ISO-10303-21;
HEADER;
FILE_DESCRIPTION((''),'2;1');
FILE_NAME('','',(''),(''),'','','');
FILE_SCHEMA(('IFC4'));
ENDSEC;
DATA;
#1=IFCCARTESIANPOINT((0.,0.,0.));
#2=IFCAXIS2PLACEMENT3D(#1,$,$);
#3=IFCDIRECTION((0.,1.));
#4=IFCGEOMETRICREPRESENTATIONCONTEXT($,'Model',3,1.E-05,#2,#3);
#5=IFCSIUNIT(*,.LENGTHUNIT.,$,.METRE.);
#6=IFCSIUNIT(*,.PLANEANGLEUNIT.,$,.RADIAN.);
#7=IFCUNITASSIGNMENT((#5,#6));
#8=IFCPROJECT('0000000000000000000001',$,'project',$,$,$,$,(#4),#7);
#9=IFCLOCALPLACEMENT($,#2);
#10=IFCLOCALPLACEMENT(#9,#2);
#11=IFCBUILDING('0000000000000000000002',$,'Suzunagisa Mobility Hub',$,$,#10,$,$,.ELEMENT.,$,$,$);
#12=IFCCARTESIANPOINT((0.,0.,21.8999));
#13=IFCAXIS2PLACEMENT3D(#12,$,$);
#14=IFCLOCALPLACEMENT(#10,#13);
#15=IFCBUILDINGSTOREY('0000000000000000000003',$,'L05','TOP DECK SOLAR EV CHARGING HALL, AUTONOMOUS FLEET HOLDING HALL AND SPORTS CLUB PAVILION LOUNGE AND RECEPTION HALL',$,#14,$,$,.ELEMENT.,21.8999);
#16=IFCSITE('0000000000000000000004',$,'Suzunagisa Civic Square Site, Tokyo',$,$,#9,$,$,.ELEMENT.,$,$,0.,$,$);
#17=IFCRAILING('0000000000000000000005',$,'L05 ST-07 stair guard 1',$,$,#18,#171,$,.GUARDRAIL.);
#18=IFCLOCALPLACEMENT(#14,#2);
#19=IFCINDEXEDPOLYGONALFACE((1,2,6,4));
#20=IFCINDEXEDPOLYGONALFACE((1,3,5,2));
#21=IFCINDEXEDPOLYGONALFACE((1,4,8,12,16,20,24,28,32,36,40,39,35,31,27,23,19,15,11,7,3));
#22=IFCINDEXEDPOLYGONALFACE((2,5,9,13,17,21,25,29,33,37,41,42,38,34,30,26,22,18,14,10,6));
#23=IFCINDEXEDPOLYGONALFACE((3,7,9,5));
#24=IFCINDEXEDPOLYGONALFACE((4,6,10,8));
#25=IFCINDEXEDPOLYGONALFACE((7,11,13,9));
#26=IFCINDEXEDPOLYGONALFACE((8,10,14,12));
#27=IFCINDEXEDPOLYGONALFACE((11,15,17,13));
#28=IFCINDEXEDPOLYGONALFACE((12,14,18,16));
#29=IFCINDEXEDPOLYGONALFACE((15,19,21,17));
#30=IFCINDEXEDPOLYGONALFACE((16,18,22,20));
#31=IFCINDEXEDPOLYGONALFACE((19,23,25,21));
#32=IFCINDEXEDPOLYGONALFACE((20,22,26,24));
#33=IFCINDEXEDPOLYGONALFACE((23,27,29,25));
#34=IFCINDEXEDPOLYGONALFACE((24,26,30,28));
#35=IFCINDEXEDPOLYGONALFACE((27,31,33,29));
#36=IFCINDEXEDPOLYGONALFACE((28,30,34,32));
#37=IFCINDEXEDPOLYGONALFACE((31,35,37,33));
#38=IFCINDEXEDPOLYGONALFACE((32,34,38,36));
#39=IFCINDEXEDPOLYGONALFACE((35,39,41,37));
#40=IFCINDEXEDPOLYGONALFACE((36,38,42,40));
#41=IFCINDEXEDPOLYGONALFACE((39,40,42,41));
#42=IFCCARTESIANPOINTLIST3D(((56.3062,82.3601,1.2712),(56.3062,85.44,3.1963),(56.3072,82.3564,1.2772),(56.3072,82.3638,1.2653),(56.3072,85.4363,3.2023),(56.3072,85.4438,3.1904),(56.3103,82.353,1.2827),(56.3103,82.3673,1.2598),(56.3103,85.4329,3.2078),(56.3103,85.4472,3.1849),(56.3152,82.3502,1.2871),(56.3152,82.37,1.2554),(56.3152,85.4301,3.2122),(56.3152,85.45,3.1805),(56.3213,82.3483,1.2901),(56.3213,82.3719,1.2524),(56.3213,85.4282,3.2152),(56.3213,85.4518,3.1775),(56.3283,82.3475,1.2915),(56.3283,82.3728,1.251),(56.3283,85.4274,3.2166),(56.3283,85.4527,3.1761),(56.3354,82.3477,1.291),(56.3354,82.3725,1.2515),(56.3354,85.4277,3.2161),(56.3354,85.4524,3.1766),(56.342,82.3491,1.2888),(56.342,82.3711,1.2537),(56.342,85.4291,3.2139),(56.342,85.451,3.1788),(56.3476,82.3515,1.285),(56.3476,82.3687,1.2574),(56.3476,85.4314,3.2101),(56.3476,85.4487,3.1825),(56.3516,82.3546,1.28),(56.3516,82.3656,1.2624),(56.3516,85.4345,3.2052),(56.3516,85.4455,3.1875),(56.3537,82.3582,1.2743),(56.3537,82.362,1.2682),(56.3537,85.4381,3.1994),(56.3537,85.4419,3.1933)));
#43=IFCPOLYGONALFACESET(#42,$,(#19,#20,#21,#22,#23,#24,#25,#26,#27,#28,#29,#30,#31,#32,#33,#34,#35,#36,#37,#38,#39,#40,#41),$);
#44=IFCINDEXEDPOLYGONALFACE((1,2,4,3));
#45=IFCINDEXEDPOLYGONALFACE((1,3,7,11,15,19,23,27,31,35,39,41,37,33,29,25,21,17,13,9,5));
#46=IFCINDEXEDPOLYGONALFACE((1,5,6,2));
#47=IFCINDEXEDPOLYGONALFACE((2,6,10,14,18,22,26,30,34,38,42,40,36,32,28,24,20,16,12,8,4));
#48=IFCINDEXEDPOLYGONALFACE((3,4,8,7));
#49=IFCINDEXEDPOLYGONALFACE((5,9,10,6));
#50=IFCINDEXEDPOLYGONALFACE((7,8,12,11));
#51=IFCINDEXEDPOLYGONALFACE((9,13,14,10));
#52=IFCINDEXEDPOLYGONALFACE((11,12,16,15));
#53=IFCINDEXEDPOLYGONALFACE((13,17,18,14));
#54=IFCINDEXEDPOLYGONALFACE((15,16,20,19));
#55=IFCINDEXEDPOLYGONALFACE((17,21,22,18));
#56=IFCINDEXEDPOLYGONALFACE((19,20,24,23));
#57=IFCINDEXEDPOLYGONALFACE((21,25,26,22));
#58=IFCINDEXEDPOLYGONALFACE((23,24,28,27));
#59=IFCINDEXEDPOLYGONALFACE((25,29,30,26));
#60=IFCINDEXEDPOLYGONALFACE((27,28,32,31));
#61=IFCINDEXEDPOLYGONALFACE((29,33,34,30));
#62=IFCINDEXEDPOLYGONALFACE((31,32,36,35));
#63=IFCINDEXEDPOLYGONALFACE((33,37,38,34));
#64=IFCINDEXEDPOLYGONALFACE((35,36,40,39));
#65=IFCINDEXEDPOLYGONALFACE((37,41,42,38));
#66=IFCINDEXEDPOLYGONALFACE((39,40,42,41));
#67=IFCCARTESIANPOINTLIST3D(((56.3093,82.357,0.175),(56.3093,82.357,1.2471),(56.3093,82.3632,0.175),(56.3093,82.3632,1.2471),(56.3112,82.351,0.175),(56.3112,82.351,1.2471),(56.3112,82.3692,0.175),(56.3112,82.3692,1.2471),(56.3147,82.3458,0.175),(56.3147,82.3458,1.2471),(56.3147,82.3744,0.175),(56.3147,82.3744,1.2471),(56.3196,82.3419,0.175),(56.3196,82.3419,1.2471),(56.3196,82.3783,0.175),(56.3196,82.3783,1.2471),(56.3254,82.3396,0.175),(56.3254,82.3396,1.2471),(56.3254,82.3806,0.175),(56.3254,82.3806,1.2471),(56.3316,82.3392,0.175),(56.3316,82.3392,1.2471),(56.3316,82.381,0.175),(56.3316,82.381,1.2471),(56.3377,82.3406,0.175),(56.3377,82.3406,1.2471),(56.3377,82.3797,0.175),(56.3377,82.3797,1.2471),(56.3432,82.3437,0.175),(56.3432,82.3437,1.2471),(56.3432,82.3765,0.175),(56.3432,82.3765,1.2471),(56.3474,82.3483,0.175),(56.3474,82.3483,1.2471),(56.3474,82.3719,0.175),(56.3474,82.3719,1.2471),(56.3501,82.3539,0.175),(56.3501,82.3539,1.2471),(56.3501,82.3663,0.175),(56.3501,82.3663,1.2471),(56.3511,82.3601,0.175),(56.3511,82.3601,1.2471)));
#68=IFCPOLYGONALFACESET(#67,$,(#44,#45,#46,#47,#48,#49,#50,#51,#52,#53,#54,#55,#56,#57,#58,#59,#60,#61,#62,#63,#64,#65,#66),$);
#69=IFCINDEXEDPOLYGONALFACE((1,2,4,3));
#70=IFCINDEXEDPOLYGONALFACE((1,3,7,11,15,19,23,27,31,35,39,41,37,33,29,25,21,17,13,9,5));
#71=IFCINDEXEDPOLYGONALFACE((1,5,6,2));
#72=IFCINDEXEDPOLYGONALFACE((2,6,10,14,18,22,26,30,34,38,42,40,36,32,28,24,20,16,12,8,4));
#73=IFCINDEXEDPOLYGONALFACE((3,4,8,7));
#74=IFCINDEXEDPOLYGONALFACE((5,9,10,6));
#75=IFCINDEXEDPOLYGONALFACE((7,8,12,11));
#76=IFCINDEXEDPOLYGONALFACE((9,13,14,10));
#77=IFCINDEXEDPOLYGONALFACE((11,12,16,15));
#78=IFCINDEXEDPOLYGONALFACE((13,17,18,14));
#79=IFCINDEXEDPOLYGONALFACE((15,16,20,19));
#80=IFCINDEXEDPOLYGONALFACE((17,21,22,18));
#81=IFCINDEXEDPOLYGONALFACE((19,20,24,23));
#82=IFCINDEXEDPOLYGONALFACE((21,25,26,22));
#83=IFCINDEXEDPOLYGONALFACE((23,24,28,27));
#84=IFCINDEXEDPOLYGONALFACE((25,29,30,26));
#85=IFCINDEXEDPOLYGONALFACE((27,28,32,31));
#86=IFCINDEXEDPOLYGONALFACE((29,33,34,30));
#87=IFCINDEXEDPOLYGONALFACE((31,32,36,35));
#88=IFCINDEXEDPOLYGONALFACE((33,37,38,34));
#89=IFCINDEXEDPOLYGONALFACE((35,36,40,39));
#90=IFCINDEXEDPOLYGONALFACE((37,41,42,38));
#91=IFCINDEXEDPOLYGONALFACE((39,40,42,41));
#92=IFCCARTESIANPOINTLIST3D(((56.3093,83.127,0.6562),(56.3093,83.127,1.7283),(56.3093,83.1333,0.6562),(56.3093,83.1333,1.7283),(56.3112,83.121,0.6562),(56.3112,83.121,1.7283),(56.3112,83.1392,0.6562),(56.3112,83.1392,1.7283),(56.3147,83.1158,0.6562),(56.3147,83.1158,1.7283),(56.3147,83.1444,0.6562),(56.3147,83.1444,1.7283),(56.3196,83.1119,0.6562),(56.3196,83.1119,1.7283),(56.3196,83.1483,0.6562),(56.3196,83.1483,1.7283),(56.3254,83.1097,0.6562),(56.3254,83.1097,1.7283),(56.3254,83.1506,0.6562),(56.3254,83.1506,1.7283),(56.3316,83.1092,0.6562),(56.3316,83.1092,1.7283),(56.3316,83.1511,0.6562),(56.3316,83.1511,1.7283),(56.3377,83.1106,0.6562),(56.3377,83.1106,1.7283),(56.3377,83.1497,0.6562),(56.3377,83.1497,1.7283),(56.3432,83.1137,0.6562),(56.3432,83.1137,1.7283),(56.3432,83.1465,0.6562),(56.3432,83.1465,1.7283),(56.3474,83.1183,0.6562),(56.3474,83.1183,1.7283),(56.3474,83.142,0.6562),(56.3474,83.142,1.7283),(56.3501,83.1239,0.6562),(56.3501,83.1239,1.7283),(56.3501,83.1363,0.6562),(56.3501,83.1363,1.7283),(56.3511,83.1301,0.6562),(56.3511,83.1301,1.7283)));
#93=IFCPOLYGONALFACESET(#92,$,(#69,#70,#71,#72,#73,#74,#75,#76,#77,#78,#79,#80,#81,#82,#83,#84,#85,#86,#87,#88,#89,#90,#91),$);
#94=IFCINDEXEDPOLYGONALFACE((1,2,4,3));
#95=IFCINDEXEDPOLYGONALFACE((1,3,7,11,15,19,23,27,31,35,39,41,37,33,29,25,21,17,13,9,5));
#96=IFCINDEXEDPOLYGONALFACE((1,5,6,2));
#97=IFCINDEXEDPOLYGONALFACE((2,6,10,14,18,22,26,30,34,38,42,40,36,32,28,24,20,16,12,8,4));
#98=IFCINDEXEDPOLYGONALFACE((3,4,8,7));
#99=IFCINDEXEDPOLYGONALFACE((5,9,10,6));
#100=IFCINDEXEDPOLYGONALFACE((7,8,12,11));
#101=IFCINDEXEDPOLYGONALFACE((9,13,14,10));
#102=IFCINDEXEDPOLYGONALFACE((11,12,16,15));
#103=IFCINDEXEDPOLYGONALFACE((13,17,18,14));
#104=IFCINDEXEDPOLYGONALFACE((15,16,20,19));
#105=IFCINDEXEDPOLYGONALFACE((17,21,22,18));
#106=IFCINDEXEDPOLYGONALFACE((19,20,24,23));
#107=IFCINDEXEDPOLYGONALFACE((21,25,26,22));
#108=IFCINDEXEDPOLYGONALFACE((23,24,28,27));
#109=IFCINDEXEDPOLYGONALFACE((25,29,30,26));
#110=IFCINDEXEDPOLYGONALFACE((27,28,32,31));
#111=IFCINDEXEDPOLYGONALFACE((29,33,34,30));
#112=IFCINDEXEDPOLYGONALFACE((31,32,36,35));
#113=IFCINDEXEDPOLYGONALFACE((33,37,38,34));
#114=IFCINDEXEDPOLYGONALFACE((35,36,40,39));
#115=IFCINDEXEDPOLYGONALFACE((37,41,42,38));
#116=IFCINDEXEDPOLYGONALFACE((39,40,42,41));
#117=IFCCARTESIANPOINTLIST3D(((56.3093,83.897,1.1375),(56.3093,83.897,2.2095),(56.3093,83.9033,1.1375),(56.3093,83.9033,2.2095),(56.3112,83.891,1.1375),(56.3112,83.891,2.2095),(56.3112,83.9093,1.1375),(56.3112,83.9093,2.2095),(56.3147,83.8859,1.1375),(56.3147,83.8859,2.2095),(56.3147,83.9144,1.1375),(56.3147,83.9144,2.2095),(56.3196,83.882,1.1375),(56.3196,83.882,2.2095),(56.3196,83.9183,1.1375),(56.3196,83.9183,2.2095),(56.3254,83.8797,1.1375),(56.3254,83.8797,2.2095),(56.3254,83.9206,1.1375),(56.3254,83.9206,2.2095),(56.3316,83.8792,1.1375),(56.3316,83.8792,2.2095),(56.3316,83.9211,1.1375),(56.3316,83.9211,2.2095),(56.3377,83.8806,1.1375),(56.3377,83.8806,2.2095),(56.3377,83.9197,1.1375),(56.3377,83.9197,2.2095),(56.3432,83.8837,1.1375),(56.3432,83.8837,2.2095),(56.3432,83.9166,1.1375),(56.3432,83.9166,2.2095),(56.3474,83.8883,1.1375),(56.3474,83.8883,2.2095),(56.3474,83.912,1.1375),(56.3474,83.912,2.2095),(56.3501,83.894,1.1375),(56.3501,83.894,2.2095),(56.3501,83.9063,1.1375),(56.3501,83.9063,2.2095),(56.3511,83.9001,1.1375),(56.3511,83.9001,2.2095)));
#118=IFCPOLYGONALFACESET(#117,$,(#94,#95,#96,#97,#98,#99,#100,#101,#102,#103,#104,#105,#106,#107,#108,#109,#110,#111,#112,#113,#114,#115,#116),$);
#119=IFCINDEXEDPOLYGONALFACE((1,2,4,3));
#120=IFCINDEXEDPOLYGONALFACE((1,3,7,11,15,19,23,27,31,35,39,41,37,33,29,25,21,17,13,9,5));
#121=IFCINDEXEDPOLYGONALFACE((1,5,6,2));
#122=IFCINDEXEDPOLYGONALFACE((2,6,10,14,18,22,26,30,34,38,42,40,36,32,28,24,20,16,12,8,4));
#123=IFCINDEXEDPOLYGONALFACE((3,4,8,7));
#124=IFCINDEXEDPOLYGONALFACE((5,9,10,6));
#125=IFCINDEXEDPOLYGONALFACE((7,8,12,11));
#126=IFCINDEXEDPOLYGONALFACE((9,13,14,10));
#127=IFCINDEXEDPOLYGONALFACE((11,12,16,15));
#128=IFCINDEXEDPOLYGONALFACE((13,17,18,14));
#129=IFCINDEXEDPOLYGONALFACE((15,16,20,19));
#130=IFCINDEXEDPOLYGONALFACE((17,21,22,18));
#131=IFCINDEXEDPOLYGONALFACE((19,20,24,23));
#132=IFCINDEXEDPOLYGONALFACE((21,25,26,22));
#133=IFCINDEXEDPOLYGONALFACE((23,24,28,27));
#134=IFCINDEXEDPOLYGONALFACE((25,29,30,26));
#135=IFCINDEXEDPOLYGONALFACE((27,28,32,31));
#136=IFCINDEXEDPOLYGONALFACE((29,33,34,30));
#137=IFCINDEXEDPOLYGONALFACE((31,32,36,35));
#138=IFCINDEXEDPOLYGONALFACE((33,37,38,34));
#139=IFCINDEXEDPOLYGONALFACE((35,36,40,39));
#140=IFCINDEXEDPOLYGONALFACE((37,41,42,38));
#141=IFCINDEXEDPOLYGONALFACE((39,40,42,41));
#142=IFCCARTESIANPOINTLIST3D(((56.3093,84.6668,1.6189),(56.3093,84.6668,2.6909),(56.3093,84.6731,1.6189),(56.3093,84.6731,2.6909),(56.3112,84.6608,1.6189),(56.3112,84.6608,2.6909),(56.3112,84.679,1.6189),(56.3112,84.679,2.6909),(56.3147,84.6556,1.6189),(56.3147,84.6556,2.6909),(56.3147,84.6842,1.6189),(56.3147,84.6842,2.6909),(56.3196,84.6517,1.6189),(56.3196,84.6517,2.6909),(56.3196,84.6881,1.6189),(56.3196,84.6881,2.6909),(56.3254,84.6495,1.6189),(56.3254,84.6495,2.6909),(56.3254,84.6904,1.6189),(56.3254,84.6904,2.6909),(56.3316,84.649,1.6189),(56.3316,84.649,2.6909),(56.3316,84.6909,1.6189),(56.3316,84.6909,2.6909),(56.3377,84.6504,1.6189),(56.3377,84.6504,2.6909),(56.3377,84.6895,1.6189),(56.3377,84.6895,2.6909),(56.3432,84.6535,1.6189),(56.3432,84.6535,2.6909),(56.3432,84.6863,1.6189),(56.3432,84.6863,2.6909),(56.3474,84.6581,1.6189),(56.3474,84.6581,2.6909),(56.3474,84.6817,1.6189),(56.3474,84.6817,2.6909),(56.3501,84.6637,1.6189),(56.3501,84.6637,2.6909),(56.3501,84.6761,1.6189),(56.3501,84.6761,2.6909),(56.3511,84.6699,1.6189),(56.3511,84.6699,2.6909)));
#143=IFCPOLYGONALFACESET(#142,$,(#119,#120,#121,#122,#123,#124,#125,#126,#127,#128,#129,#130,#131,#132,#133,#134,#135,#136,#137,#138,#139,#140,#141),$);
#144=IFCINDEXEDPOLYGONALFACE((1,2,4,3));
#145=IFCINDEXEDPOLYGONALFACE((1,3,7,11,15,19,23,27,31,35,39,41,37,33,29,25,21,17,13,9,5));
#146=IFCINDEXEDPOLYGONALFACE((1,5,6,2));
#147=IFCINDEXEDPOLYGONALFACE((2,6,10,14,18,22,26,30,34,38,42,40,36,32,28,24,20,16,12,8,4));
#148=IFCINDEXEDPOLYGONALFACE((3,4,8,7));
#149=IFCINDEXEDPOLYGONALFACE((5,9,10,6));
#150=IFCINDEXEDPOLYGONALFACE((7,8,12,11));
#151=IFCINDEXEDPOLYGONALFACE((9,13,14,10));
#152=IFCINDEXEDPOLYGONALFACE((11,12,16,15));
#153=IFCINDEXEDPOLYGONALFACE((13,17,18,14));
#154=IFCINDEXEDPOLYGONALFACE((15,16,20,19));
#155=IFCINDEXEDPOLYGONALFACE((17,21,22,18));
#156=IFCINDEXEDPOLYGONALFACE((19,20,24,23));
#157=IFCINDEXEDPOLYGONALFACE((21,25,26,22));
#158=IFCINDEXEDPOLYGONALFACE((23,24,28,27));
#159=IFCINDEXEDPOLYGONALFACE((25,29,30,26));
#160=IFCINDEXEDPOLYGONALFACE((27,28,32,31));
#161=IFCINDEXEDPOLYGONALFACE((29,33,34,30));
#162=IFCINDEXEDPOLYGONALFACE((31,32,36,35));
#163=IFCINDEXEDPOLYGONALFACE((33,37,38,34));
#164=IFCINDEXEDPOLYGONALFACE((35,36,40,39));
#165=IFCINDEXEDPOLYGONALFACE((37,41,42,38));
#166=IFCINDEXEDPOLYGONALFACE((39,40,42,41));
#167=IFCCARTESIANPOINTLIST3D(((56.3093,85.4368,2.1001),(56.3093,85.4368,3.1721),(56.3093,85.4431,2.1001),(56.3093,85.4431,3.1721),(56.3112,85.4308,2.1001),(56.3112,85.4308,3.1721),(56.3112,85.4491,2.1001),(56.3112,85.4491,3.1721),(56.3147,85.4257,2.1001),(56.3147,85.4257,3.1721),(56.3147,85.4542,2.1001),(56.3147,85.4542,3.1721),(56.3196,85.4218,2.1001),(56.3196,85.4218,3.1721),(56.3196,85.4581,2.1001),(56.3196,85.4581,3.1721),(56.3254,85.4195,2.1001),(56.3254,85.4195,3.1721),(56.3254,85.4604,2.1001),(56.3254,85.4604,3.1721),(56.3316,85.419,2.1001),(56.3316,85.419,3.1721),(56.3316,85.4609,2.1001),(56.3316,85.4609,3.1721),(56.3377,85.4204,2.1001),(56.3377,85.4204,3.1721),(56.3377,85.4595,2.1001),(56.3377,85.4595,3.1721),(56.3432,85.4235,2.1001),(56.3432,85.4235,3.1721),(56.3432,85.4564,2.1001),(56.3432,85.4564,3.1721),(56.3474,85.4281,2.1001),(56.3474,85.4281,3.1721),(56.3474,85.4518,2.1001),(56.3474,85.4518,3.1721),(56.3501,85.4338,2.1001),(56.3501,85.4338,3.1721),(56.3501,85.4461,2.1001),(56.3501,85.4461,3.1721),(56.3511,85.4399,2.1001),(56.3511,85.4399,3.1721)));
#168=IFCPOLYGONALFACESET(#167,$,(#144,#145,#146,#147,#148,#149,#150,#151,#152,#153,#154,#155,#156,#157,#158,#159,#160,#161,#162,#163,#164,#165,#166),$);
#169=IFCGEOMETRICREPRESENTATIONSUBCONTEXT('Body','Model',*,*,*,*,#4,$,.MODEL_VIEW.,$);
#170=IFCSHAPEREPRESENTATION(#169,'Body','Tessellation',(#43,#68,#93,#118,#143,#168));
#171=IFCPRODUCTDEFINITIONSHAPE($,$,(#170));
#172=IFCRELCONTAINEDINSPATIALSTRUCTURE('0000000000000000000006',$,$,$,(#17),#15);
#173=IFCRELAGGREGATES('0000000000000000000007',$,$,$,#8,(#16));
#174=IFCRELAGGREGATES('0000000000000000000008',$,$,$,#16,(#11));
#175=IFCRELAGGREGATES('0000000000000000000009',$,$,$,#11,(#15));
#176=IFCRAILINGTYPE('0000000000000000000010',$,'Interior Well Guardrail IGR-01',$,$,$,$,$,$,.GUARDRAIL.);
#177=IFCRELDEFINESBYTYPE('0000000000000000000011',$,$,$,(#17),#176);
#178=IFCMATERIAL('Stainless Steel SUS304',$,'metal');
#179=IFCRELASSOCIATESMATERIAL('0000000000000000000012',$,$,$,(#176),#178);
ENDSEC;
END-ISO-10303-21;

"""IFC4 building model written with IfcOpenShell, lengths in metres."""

from ifc_helpers import new_model, si_unit, direction, frame, origin, origin_2d, place, context, subcontext, project, spatial, circle, extrude, material, type_object, element, save


model = new_model("IFC4")

# Units and contexts
model_context = context("Model", 3, precision=1e-05, world=origin(), true_north=direction((0.0, 1.0)))
body_context = subcontext(model_context, "Body", "Model", "MODEL_VIEW")
ifc_project = project(units=[si_unit("LENGTHUNIT", "METRE"), si_unit("PLANEANGLEUNIT", "RADIAN")], contexts=[model_context])

# Site, building, storey
site_placement = place(None, origin())
site = spatial("IfcSite", under=ifc_project, at=site_placement, Name="Suzunagisa Civic Square Site, Tokyo", CompositionType="ELEMENT", RefElevation=0.0)
building_placement = place(site_placement, origin())
building = spatial("IfcBuilding", under=site, at=building_placement, Name="Suzunagisa Mobility Hub", CompositionType="ELEMENT")
storey_placement = place(building_placement, frame((0.0, 0.0, 21.8999)))
storey = spatial("IfcBuildingStorey", under=building, at=storey_placement, Name="L05", Description="TOP DECK SOLAR EV CHARGING HALL, AUTONOMOUS FLEET HOLDING HALL AND SPORTS CLUB PAVILION LOUNGE AND RECEPTION HALL", CompositionType="ELEMENT", Elevation=21.8999)

# Railing
ifc_material_1 = material(Name="Stainless Steel SUS304", Category="metal")
railing_type_1 = type_object("IfcRailingType", Name="Interior Well Guardrail IGR-01", PredefinedType="GUARDRAIL", material=ifc_material_1)
railing_1_placement = place(storey_placement, frame((56.3301, 82.3601, 0.175)))
element("IfcRailing", 1, at=railing_1_placement, inside=storey, type_object=railing_type_1, Name="L05 ST-07 stair guard 1", PredefinedType="GUARDRAIL", context=body_context, shape_type="SweptSolid", body=[
    extrude(circle(Radius=0.0239, at=origin_2d()), frame((0.0, 0.0, 1.0962), z_axis=(0.0, 0.847979, 0.530029), x_axis=(-1.0, 0.0, 0.0)), (0.0, 0.0, 1.0), 3.6321),
    extrude(circle(Radius=0.021, at=origin_2d()), origin(), (0.0, 0.0, 1.0), 1.072),
    extrude(circle(Radius=0.021, at=origin_2d()), frame((0.0, 0.77, 0.4812)), (0.0, 0.0, 1.0), 1.072),
    extrude(circle(Radius=0.021, at=origin_2d()), frame((0.0, 1.54, 0.9624)), (0.0, 0.0, 1.0), 1.072),
    extrude(circle(Radius=0.021, at=origin_2d()), frame((0.0, 2.3098, 1.4438)), (0.0, 0.0, 1.0), 1.072),
    extrude(circle(Radius=0.021, at=origin_2d()), frame((0.0, 3.0798, 1.925)), (0.0, 0.0, 1.0), 1.072),
])

save(model, "model.ifc")
